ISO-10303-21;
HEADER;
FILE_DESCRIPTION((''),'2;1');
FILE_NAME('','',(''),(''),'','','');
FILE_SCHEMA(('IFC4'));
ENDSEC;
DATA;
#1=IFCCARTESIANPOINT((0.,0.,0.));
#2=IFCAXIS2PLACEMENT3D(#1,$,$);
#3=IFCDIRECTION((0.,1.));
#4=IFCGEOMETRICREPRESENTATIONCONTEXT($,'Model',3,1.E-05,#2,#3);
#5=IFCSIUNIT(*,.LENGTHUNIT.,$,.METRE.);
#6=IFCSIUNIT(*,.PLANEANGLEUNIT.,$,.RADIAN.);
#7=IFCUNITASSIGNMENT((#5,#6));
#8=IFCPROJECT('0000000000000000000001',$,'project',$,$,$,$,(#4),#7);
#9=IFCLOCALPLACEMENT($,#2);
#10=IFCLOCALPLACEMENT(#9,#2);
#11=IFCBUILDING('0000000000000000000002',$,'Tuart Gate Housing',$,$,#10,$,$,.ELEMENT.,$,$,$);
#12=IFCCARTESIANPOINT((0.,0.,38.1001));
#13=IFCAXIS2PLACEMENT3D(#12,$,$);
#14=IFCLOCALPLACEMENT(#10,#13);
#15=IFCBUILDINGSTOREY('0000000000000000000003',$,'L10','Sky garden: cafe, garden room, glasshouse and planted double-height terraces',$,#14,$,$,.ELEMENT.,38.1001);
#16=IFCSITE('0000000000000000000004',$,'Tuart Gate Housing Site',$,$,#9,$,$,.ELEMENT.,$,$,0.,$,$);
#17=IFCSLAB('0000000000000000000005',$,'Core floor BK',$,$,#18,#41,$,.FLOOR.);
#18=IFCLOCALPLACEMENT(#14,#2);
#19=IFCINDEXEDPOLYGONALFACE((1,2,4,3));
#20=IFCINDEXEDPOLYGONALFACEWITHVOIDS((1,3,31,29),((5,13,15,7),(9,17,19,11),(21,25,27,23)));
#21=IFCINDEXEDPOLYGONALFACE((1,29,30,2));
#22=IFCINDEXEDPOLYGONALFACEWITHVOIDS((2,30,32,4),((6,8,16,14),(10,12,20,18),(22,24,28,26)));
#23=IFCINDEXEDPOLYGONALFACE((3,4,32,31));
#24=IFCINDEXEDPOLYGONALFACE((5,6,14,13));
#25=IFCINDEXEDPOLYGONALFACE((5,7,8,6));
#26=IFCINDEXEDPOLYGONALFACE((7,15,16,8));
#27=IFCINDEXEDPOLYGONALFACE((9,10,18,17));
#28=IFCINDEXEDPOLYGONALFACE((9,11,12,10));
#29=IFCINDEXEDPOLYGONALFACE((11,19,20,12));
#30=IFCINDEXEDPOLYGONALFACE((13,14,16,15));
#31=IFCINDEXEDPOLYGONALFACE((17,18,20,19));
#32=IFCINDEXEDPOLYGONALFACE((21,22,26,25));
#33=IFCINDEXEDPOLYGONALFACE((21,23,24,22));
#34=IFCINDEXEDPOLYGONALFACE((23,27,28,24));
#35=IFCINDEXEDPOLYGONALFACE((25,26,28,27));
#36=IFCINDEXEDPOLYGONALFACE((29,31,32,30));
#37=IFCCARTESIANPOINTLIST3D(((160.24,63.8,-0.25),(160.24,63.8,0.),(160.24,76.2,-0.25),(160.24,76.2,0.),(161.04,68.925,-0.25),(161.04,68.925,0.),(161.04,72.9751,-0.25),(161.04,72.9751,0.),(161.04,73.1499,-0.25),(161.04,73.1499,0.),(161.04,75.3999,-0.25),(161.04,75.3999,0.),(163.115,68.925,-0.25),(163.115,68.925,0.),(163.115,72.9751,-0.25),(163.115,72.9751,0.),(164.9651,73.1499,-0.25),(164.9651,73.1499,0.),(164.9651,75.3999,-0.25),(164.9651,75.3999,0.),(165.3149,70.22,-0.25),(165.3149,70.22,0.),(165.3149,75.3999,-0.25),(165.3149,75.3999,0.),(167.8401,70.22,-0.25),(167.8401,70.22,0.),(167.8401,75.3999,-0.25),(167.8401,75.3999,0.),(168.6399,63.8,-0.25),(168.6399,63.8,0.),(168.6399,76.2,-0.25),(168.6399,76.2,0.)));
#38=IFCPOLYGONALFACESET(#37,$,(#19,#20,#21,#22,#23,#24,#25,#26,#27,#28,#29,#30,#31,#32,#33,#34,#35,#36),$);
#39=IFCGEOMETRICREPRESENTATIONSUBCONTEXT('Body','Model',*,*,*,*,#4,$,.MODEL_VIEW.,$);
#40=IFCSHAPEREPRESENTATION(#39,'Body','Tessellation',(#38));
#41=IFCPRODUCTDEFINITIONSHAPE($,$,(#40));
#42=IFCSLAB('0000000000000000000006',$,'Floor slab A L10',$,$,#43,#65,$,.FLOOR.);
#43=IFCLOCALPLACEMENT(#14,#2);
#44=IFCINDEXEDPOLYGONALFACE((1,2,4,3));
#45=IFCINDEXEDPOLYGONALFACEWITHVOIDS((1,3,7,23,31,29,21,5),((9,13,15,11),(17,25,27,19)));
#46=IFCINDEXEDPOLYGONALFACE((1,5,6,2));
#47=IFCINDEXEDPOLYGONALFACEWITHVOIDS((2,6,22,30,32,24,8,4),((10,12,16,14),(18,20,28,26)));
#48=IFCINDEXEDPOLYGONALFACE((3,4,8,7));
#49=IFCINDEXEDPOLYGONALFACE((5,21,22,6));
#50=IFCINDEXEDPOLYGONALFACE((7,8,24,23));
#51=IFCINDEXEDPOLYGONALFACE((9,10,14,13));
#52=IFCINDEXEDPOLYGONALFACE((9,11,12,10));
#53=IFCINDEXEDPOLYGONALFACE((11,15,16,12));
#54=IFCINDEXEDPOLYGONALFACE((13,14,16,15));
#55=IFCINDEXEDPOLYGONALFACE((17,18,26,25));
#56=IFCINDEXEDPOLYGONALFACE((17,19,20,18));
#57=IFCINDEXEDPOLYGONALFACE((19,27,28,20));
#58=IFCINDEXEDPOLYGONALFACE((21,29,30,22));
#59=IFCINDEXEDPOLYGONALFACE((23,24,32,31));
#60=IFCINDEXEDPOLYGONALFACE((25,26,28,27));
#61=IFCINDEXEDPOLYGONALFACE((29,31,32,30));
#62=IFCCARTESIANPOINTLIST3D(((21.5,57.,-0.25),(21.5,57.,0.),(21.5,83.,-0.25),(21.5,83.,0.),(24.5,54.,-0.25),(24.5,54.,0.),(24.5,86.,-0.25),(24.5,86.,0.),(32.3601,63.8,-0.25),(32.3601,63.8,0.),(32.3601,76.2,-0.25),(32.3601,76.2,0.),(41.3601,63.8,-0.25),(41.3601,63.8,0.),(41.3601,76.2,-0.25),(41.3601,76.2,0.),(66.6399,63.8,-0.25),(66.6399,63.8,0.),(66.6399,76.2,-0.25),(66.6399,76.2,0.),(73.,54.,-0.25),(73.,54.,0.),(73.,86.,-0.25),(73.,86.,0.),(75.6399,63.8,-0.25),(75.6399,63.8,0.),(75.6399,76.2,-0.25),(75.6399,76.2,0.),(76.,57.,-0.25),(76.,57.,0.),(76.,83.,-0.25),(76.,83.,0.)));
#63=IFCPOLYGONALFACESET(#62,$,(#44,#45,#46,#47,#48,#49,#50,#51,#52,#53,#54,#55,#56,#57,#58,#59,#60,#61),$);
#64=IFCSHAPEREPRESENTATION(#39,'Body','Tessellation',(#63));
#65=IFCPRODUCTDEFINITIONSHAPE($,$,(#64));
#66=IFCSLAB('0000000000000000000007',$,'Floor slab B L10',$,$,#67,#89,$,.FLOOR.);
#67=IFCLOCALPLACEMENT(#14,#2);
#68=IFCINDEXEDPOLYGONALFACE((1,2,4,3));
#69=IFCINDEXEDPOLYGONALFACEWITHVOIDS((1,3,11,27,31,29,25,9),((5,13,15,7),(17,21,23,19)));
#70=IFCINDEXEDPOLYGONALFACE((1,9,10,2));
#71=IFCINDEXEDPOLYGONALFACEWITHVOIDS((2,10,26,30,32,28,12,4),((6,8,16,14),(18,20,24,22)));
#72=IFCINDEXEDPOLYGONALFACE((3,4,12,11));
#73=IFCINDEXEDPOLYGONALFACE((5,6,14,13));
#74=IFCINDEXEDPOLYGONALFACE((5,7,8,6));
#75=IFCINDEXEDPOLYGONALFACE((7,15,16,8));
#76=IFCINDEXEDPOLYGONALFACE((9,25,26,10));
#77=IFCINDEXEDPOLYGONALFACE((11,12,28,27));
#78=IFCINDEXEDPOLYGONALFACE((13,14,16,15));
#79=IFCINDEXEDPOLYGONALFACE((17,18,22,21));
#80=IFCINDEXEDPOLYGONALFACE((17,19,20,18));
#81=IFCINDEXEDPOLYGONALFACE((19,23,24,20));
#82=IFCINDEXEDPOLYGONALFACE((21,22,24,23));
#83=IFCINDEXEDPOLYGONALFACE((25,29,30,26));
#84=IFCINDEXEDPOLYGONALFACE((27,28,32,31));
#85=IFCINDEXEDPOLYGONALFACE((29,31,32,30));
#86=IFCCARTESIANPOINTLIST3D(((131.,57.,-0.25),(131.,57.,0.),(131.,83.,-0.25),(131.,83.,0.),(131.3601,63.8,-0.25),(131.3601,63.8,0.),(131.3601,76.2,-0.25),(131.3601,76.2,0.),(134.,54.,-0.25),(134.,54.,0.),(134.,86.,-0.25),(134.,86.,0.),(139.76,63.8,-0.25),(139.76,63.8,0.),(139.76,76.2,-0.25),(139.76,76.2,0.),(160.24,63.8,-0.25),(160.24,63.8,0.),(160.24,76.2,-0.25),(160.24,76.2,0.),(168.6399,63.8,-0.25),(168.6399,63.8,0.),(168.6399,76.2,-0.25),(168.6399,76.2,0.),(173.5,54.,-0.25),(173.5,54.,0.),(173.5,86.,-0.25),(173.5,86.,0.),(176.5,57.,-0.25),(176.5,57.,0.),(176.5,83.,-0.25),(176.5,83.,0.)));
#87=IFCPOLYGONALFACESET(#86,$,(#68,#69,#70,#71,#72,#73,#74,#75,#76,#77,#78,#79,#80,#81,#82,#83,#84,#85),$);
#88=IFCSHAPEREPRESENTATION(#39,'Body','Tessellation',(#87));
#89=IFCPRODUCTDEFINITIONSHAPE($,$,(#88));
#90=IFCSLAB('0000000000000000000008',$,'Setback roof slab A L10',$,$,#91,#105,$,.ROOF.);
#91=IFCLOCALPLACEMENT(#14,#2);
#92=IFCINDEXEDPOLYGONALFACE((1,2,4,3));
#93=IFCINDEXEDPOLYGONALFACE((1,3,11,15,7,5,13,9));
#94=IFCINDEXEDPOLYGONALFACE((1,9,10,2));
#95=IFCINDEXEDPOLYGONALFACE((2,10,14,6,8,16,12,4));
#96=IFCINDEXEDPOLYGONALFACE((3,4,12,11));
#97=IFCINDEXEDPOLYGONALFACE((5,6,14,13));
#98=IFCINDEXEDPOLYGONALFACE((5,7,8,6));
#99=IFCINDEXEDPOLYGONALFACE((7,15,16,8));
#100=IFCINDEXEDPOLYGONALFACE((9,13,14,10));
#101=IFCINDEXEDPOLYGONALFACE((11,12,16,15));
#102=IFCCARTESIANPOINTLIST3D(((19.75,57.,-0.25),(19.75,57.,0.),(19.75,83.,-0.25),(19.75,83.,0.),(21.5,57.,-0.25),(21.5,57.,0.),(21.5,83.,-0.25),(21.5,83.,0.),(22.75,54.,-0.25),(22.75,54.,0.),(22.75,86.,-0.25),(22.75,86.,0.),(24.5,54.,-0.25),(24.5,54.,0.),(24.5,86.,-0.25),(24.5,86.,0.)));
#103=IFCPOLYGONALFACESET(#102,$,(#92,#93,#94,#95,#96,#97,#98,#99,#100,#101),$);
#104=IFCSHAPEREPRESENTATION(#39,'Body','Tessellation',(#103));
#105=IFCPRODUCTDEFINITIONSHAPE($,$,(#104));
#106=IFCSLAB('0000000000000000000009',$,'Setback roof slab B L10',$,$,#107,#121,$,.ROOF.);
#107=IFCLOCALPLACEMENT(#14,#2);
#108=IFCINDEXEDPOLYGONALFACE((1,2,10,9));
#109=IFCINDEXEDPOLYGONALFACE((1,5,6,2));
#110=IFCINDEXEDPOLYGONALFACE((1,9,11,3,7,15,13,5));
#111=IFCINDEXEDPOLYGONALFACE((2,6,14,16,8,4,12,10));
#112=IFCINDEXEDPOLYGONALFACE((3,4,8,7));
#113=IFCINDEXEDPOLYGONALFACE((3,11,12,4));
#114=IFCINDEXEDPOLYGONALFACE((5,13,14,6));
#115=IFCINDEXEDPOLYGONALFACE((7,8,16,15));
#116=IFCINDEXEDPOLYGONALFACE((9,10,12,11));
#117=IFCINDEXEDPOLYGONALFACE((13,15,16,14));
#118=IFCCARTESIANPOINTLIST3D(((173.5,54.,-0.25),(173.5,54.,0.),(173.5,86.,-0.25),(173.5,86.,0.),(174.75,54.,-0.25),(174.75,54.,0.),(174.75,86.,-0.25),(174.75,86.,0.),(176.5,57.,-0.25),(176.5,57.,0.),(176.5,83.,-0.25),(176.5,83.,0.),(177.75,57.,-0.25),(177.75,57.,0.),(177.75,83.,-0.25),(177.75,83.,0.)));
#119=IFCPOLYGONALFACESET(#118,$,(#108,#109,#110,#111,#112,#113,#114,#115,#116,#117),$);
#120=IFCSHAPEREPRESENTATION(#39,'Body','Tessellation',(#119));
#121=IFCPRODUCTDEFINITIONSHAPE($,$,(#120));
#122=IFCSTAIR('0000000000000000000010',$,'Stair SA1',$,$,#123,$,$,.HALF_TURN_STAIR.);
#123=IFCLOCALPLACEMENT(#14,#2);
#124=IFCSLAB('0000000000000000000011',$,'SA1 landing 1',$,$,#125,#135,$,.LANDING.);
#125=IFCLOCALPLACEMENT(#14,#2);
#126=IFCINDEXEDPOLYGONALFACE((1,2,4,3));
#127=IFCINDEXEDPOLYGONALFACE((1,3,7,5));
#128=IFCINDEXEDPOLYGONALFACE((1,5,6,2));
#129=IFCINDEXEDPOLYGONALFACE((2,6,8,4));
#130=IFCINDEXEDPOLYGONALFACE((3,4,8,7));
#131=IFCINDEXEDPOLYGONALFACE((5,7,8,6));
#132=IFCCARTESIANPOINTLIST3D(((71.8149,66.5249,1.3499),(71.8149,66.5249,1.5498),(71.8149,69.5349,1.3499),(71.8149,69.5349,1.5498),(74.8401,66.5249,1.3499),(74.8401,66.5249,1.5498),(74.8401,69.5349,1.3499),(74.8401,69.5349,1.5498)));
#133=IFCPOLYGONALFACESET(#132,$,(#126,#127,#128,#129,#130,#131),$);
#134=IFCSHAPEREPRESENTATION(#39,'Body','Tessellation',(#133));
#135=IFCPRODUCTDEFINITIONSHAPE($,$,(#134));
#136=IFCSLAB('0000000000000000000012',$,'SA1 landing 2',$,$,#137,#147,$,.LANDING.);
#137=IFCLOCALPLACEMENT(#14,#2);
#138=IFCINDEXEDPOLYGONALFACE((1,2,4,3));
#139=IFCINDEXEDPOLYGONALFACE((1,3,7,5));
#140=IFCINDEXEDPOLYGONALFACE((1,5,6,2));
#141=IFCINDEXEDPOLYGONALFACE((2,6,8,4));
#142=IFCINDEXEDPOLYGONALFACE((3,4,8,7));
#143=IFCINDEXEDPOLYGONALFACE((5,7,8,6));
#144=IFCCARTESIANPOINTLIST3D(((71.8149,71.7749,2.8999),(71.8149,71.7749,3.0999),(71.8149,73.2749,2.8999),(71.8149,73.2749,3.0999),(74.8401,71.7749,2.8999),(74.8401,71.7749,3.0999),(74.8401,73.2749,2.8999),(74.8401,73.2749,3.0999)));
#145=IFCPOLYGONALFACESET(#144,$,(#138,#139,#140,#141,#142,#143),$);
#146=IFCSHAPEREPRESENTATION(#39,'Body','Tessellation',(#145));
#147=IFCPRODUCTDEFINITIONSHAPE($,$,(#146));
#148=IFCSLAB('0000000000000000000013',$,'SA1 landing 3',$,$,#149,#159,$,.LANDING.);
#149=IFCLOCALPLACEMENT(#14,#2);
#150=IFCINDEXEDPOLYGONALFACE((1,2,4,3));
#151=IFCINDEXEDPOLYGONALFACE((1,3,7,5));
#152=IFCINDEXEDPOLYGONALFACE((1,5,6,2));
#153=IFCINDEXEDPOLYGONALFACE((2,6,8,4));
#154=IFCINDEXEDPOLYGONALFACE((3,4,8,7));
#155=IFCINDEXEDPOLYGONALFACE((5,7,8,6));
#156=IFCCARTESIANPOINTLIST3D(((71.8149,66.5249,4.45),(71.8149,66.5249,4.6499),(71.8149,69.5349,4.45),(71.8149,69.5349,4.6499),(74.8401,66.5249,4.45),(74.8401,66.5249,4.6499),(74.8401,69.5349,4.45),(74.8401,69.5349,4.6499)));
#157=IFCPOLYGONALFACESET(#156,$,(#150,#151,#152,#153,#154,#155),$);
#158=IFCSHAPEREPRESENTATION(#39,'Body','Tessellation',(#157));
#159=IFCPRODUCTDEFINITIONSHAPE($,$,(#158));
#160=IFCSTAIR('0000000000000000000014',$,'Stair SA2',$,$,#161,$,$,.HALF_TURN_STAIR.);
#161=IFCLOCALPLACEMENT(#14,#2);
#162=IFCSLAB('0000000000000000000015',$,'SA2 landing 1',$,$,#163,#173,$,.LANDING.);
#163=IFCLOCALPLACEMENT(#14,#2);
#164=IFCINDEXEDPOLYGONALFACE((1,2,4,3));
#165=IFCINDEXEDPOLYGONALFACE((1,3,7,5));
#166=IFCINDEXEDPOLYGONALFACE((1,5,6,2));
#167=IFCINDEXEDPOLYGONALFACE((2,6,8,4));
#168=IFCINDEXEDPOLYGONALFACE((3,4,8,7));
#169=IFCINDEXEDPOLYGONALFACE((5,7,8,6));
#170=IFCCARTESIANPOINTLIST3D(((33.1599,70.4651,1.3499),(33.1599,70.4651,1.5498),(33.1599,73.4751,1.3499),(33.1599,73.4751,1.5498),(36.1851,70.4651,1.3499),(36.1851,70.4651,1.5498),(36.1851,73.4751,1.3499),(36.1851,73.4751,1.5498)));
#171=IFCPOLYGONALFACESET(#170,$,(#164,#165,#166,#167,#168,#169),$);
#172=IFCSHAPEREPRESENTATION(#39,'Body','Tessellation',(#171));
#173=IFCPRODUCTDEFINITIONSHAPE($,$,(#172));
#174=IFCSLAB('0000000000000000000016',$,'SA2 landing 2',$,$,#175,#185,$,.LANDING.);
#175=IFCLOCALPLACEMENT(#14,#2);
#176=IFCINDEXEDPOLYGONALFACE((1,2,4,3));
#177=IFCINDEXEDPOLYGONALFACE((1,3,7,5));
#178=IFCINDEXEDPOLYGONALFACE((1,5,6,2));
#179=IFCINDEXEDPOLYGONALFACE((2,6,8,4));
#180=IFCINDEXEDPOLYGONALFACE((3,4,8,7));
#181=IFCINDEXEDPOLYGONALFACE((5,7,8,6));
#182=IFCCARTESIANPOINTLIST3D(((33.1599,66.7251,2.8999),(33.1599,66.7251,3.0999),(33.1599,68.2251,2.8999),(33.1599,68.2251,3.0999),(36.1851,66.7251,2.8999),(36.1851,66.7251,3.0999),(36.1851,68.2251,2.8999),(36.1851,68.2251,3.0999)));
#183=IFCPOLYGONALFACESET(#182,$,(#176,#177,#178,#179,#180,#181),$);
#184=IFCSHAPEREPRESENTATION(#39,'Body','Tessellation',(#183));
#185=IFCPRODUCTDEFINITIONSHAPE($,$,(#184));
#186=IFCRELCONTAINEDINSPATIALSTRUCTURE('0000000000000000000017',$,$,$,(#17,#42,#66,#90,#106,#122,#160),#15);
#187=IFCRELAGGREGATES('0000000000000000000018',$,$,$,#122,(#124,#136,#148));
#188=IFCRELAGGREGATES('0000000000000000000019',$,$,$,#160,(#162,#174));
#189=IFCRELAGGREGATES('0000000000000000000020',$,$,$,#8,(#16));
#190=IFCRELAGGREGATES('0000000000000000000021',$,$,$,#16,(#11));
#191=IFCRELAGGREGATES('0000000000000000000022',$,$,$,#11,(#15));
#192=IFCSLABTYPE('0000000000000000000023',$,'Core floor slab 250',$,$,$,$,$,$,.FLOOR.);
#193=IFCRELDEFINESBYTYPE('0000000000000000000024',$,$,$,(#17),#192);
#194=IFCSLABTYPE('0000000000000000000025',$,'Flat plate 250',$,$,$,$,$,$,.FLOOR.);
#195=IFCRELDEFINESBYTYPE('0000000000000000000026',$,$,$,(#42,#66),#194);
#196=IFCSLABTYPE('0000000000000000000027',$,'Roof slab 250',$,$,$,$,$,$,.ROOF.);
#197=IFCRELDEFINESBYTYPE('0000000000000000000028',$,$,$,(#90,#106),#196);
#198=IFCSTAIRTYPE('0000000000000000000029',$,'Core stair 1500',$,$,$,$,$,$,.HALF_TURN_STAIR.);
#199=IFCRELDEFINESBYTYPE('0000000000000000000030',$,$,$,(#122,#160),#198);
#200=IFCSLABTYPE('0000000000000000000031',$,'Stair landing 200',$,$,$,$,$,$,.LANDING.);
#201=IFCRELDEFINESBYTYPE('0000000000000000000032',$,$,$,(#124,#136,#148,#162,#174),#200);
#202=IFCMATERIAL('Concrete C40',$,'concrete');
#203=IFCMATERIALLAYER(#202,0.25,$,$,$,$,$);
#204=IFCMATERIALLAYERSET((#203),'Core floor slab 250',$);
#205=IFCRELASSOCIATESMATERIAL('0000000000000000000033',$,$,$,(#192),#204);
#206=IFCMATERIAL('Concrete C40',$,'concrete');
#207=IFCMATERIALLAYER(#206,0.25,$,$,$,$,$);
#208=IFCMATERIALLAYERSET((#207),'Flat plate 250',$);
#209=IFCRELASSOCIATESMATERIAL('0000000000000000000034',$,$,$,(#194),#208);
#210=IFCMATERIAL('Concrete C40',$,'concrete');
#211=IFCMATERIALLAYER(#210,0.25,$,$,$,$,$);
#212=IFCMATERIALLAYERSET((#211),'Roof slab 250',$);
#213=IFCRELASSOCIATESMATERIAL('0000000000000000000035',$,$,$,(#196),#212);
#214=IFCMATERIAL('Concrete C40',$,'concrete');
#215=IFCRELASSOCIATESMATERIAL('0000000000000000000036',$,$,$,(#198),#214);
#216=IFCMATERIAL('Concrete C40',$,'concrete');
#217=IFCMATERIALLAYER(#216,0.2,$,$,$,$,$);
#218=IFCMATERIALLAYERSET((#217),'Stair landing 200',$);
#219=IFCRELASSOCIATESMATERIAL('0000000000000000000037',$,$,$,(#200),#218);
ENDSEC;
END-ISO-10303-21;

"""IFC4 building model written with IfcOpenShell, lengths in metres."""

from ifc_helpers import new_model, si_unit, direction, frame, origin, place, context, subcontext, project, spatial, polyline, outline, extrude, material, layer, layer_set, type_object, element, aggregate, save


model = new_model("IFC4")

# Units and contexts
model_context = context("Model", 3, precision=1e-05, world=origin(), true_north=direction((0.0, 1.0)))
body_context = subcontext(model_context, "Body", "Model", "MODEL_VIEW")
ifc_project = project(units=[si_unit("LENGTHUNIT", "METRE"), si_unit("PLANEANGLEUNIT", "RADIAN")], contexts=[model_context])

# Site, building, storey
site_placement = place(None, origin())
site = spatial("IfcSite", under=ifc_project, at=site_placement, Name="Tuart Gate Housing Site", CompositionType="ELEMENT", RefElevation=0.0)
building_placement = place(site_placement, origin())
building = spatial("IfcBuilding", under=site, at=building_placement, Name="Tuart Gate Housing", CompositionType="ELEMENT")
storey_placement = place(building_placement, frame((0.0, 0.0, 38.1001)))
storey = spatial("IfcBuildingStorey", under=building, at=storey_placement, Name="L10", Description="Sky garden: cafe, garden room, glasshouse and planted double-height terraces", CompositionType="ELEMENT", Elevation=38.1001)

# Slabs
ifc_material_1 = material(Name="Concrete C40", Category="concrete")
ifc_layer_1 = layer(ifc_material_1, 0.25)
ifc_layer_set_1 = layer_set([ifc_layer_1], Name="Core floor slab 250")
slab_type_1 = type_object("IfcSlabType", Name="Core floor slab 250", PredefinedType="FLOOR", material=ifc_layer_set_1)
slab_1_placement = place(storey_placement, frame((0.0, 0.0, -0.25)))
element("IfcSlab", 1, at=slab_1_placement, inside=storey, type_object=slab_type_1, Name="Core floor BK", PredefinedType="FLOOR", context=body_context, shape_type="SweptSolid", body=[
    extrude(outline(polyline([(160.24, 63.8), (168.6399, 63.8), (168.6399, 76.2), (160.24, 76.2), (160.24, 63.8)]), holes=[polyline([(161.04, 73.1499), (164.9651, 73.1499), (164.9651, 75.3999), (161.04, 75.3999), (161.04, 73.1499)]), polyline([(161.04, 68.925), (163.115, 68.925), (163.115, 72.9751), (161.04, 72.9751), (161.04, 68.925)]), polyline([(165.3149, 70.22), (167.8401, 70.22), (167.8401, 75.3999), (165.3149, 75.3999), (165.3149, 70.22)])]), origin(), (0.0, 0.0, 1.0), 0.25),
])
ifc_material_2 = material(Name="Concrete C40", Category="concrete")
ifc_layer_2 = layer(ifc_material_2, 0.25)
ifc_layer_set_2 = layer_set([ifc_layer_2], Name="Flat plate 250")
slab_type_2 = type_object("IfcSlabType", Name="Flat plate 250", PredefinedType="FLOOR", material=ifc_layer_set_2)
slab_2_placement = place(storey_placement, frame((0.0, 0.0, -0.25)))
element("IfcSlab", 2, at=slab_2_placement, inside=storey, type_object=slab_type_2, Name="Floor slab A L10", PredefinedType="FLOOR", context=body_context, shape_type="SweptSolid", body=[
    extrude(outline(polyline([(24.5, 86.0), (21.5, 83.0), (21.5, 57.0), (24.5, 54.0), (73.0, 54.0), (76.0, 57.0), (76.0, 83.0), (73.0, 86.0), (24.5, 86.0)]), holes=[polyline([(66.6399, 76.2), (75.6399, 76.2), (75.6399, 63.8), (66.6399, 63.8), (66.6399, 76.2)]), polyline([(41.3601, 76.2), (41.3601, 63.8), (32.3601, 63.8), (32.3601, 76.2), (41.3601, 76.2)])]), origin(), (0.0, 0.0, 1.0), 0.25),
])
slab_3_placement = place(storey_placement, frame((0.0, 0.0, -0.25)))
element("IfcSlab", 3, at=slab_3_placement, inside=storey, type_object=slab_type_2, Name="Floor slab B L10", PredefinedType="FLOOR", context=body_context, shape_type="SweptSolid", body=[
    extrude(outline(polyline([(134.0, 86.0), (131.0, 83.0), (131.0, 57.0), (134.0, 54.0), (173.5, 54.0), (176.5, 57.0), (176.5, 83.0), (173.5, 86.0), (134.0, 86.0)]), holes=[polyline([(131.3601, 76.2), (139.76, 76.2), (139.76, 63.8), (131.3601, 63.8), (131.3601, 76.2)]), polyline([(168.6399, 76.2), (168.6399, 63.8), (160.24, 63.8), (160.24, 76.2), (168.6399, 76.2)])]), origin(), (0.0, 0.0, 1.0), 0.25),
])
ifc_material_3 = material(Name="Concrete C40", Category="concrete")
ifc_layer_3 = layer(ifc_material_3, 0.25)
ifc_layer_set_3 = layer_set([ifc_layer_3], Name="Roof slab 250")
slab_type_3 = type_object("IfcSlabType", Name="Roof slab 250", PredefinedType="ROOF", material=ifc_layer_set_3)
slab_4_placement = place(storey_placement, frame((0.0, 0.0, -0.25)))
element("IfcSlab", 4, at=slab_4_placement, inside=storey, type_object=slab_type_3, Name="Setback roof slab A L10", PredefinedType="ROOF", context=body_context, shape_type="SweptSolid", body=[
    extrude(outline(polyline([(22.75, 54.0), (24.5, 54.0), (21.5, 57.0), (21.5, 83.0), (24.5, 86.0), (22.75, 86.0), (19.75, 83.0), (19.75, 57.0), (22.75, 54.0)])), origin(), (0.0, 0.0, 1.0), 0.25),
])
slab_5_placement = place(storey_placement, frame((0.0, 0.0, -0.25)))
element("IfcSlab", 5, at=slab_5_placement, inside=storey, type_object=slab_type_3, Name="Setback roof slab B L10", PredefinedType="ROOF", context=body_context, shape_type="SweptSolid", body=[
    extrude(outline(polyline([(174.75, 86.0), (173.5, 86.0), (176.5, 83.0), (176.5, 57.0), (173.5, 54.0), (174.75, 54.0), (177.75, 57.0), (177.75, 83.0), (174.75, 86.0)])), origin(), (0.0, 0.0, 1.0), 0.25),
])

# Stairs, slabs
ifc_material_4 = material(Name="Concrete C40", Category="concrete")
stair_type_1 = type_object("IfcStairType", Name="Core stair 1500", PredefinedType="HALF_TURN_STAIR", material=ifc_material_4)
stair_1_placement = place(storey_placement, origin())
stair_1 = element("IfcStair", 6, at=stair_1_placement, inside=storey, type_object=stair_type_1, Name="Stair SA1", PredefinedType="HALF_TURN_STAIR")
ifc_material_5 = material(Name="Concrete C40", Category="concrete")
ifc_layer_4 = layer(ifc_material_5, 0.2)
ifc_layer_set_4 = layer_set([ifc_layer_4], Name="Stair landing 200")
slab_type_4 = type_object("IfcSlabType", Name="Stair landing 200", PredefinedType="LANDING", material=ifc_layer_set_4)
slab_6_placement = place(storey_placement, frame((0.0, 0.0, 1.3499)))
slab_6 = element("IfcSlab", 7, at=slab_6_placement, type_object=slab_type_4, Name="SA1 landing 1", PredefinedType="LANDING", context=body_context, shape_type="SweptSolid", body=[
    extrude(outline(polyline([(71.8149, 66.5249), (74.8401, 66.5249), (74.8401, 69.5349), (71.8149, 69.5349), (71.8149, 66.5249)])), origin(), (0.0, 0.0, 1.0), 0.2),
])
slab_7_placement = place(storey_placement, frame((0.0, 0.0, 2.8999)))
slab_7 = element("IfcSlab", 8, at=slab_7_placement, type_object=slab_type_4, Name="SA1 landing 2", PredefinedType="LANDING", context=body_context, shape_type="SweptSolid", body=[
    extrude(outline(polyline([(71.8149, 73.2749), (71.8149, 71.7749), (74.8401, 71.7749), (74.8401, 73.2749), (71.8149, 73.2749)])), origin(), (0.0, 0.0, 1.0), 0.2),
])
slab_8_placement = place(storey_placement, frame((0.0, 0.0, 4.45)))
slab_8 = element("IfcSlab", 9, at=slab_8_placement, type_object=slab_type_4, Name="SA1 landing 3", PredefinedType="LANDING", context=body_context, shape_type="SweptSolid", body=[
    extrude(outline(polyline([(71.8149, 66.5249), (74.8401, 66.5249), (74.8401, 69.5349), (71.8149, 69.5349), (71.8149, 66.5249)])), origin(), (0.0, 0.0, 1.0), 0.2),
])
aggregate(stair_1, [slab_6, slab_7, slab_8])
stair_2_placement = place(storey_placement, origin())
stair_2 = element("IfcStair", 10, at=stair_2_placement, inside=storey, type_object=stair_type_1, Name="Stair SA2", PredefinedType="HALF_TURN_STAIR")
slab_9_placement = place(storey_placement, frame((0.0, 0.0, 1.3499)))
slab_9 = element("IfcSlab", 11, at=slab_9_placement, type_object=slab_type_4, Name="SA2 landing 1", PredefinedType="LANDING", context=body_context, shape_type="SweptSolid", body=[
    extrude(outline(polyline([(36.1851, 73.4751), (33.1599, 73.4751), (33.1599, 70.4651), (36.1851, 70.4651), (36.1851, 73.4751)])), origin(), (0.0, 0.0, 1.0), 0.2),
])
slab_10_placement = place(storey_placement, frame((0.0, 0.0, 2.8999)))
slab_10 = element("IfcSlab", 12, at=slab_10_placement, type_object=slab_type_4, Name="SA2 landing 2", PredefinedType="LANDING", context=body_context, shape_type="SweptSolid", body=[
    extrude(outline(polyline([(36.1851, 66.7251), (36.1851, 68.2251), (33.1599, 68.2251), (33.1599, 66.7251), (36.1851, 66.7251)])), origin(), (0.0, 0.0, 1.0), 0.2),
])
aggregate(stair_2, [slab_9, slab_10])

save(model, "model.ifc")
